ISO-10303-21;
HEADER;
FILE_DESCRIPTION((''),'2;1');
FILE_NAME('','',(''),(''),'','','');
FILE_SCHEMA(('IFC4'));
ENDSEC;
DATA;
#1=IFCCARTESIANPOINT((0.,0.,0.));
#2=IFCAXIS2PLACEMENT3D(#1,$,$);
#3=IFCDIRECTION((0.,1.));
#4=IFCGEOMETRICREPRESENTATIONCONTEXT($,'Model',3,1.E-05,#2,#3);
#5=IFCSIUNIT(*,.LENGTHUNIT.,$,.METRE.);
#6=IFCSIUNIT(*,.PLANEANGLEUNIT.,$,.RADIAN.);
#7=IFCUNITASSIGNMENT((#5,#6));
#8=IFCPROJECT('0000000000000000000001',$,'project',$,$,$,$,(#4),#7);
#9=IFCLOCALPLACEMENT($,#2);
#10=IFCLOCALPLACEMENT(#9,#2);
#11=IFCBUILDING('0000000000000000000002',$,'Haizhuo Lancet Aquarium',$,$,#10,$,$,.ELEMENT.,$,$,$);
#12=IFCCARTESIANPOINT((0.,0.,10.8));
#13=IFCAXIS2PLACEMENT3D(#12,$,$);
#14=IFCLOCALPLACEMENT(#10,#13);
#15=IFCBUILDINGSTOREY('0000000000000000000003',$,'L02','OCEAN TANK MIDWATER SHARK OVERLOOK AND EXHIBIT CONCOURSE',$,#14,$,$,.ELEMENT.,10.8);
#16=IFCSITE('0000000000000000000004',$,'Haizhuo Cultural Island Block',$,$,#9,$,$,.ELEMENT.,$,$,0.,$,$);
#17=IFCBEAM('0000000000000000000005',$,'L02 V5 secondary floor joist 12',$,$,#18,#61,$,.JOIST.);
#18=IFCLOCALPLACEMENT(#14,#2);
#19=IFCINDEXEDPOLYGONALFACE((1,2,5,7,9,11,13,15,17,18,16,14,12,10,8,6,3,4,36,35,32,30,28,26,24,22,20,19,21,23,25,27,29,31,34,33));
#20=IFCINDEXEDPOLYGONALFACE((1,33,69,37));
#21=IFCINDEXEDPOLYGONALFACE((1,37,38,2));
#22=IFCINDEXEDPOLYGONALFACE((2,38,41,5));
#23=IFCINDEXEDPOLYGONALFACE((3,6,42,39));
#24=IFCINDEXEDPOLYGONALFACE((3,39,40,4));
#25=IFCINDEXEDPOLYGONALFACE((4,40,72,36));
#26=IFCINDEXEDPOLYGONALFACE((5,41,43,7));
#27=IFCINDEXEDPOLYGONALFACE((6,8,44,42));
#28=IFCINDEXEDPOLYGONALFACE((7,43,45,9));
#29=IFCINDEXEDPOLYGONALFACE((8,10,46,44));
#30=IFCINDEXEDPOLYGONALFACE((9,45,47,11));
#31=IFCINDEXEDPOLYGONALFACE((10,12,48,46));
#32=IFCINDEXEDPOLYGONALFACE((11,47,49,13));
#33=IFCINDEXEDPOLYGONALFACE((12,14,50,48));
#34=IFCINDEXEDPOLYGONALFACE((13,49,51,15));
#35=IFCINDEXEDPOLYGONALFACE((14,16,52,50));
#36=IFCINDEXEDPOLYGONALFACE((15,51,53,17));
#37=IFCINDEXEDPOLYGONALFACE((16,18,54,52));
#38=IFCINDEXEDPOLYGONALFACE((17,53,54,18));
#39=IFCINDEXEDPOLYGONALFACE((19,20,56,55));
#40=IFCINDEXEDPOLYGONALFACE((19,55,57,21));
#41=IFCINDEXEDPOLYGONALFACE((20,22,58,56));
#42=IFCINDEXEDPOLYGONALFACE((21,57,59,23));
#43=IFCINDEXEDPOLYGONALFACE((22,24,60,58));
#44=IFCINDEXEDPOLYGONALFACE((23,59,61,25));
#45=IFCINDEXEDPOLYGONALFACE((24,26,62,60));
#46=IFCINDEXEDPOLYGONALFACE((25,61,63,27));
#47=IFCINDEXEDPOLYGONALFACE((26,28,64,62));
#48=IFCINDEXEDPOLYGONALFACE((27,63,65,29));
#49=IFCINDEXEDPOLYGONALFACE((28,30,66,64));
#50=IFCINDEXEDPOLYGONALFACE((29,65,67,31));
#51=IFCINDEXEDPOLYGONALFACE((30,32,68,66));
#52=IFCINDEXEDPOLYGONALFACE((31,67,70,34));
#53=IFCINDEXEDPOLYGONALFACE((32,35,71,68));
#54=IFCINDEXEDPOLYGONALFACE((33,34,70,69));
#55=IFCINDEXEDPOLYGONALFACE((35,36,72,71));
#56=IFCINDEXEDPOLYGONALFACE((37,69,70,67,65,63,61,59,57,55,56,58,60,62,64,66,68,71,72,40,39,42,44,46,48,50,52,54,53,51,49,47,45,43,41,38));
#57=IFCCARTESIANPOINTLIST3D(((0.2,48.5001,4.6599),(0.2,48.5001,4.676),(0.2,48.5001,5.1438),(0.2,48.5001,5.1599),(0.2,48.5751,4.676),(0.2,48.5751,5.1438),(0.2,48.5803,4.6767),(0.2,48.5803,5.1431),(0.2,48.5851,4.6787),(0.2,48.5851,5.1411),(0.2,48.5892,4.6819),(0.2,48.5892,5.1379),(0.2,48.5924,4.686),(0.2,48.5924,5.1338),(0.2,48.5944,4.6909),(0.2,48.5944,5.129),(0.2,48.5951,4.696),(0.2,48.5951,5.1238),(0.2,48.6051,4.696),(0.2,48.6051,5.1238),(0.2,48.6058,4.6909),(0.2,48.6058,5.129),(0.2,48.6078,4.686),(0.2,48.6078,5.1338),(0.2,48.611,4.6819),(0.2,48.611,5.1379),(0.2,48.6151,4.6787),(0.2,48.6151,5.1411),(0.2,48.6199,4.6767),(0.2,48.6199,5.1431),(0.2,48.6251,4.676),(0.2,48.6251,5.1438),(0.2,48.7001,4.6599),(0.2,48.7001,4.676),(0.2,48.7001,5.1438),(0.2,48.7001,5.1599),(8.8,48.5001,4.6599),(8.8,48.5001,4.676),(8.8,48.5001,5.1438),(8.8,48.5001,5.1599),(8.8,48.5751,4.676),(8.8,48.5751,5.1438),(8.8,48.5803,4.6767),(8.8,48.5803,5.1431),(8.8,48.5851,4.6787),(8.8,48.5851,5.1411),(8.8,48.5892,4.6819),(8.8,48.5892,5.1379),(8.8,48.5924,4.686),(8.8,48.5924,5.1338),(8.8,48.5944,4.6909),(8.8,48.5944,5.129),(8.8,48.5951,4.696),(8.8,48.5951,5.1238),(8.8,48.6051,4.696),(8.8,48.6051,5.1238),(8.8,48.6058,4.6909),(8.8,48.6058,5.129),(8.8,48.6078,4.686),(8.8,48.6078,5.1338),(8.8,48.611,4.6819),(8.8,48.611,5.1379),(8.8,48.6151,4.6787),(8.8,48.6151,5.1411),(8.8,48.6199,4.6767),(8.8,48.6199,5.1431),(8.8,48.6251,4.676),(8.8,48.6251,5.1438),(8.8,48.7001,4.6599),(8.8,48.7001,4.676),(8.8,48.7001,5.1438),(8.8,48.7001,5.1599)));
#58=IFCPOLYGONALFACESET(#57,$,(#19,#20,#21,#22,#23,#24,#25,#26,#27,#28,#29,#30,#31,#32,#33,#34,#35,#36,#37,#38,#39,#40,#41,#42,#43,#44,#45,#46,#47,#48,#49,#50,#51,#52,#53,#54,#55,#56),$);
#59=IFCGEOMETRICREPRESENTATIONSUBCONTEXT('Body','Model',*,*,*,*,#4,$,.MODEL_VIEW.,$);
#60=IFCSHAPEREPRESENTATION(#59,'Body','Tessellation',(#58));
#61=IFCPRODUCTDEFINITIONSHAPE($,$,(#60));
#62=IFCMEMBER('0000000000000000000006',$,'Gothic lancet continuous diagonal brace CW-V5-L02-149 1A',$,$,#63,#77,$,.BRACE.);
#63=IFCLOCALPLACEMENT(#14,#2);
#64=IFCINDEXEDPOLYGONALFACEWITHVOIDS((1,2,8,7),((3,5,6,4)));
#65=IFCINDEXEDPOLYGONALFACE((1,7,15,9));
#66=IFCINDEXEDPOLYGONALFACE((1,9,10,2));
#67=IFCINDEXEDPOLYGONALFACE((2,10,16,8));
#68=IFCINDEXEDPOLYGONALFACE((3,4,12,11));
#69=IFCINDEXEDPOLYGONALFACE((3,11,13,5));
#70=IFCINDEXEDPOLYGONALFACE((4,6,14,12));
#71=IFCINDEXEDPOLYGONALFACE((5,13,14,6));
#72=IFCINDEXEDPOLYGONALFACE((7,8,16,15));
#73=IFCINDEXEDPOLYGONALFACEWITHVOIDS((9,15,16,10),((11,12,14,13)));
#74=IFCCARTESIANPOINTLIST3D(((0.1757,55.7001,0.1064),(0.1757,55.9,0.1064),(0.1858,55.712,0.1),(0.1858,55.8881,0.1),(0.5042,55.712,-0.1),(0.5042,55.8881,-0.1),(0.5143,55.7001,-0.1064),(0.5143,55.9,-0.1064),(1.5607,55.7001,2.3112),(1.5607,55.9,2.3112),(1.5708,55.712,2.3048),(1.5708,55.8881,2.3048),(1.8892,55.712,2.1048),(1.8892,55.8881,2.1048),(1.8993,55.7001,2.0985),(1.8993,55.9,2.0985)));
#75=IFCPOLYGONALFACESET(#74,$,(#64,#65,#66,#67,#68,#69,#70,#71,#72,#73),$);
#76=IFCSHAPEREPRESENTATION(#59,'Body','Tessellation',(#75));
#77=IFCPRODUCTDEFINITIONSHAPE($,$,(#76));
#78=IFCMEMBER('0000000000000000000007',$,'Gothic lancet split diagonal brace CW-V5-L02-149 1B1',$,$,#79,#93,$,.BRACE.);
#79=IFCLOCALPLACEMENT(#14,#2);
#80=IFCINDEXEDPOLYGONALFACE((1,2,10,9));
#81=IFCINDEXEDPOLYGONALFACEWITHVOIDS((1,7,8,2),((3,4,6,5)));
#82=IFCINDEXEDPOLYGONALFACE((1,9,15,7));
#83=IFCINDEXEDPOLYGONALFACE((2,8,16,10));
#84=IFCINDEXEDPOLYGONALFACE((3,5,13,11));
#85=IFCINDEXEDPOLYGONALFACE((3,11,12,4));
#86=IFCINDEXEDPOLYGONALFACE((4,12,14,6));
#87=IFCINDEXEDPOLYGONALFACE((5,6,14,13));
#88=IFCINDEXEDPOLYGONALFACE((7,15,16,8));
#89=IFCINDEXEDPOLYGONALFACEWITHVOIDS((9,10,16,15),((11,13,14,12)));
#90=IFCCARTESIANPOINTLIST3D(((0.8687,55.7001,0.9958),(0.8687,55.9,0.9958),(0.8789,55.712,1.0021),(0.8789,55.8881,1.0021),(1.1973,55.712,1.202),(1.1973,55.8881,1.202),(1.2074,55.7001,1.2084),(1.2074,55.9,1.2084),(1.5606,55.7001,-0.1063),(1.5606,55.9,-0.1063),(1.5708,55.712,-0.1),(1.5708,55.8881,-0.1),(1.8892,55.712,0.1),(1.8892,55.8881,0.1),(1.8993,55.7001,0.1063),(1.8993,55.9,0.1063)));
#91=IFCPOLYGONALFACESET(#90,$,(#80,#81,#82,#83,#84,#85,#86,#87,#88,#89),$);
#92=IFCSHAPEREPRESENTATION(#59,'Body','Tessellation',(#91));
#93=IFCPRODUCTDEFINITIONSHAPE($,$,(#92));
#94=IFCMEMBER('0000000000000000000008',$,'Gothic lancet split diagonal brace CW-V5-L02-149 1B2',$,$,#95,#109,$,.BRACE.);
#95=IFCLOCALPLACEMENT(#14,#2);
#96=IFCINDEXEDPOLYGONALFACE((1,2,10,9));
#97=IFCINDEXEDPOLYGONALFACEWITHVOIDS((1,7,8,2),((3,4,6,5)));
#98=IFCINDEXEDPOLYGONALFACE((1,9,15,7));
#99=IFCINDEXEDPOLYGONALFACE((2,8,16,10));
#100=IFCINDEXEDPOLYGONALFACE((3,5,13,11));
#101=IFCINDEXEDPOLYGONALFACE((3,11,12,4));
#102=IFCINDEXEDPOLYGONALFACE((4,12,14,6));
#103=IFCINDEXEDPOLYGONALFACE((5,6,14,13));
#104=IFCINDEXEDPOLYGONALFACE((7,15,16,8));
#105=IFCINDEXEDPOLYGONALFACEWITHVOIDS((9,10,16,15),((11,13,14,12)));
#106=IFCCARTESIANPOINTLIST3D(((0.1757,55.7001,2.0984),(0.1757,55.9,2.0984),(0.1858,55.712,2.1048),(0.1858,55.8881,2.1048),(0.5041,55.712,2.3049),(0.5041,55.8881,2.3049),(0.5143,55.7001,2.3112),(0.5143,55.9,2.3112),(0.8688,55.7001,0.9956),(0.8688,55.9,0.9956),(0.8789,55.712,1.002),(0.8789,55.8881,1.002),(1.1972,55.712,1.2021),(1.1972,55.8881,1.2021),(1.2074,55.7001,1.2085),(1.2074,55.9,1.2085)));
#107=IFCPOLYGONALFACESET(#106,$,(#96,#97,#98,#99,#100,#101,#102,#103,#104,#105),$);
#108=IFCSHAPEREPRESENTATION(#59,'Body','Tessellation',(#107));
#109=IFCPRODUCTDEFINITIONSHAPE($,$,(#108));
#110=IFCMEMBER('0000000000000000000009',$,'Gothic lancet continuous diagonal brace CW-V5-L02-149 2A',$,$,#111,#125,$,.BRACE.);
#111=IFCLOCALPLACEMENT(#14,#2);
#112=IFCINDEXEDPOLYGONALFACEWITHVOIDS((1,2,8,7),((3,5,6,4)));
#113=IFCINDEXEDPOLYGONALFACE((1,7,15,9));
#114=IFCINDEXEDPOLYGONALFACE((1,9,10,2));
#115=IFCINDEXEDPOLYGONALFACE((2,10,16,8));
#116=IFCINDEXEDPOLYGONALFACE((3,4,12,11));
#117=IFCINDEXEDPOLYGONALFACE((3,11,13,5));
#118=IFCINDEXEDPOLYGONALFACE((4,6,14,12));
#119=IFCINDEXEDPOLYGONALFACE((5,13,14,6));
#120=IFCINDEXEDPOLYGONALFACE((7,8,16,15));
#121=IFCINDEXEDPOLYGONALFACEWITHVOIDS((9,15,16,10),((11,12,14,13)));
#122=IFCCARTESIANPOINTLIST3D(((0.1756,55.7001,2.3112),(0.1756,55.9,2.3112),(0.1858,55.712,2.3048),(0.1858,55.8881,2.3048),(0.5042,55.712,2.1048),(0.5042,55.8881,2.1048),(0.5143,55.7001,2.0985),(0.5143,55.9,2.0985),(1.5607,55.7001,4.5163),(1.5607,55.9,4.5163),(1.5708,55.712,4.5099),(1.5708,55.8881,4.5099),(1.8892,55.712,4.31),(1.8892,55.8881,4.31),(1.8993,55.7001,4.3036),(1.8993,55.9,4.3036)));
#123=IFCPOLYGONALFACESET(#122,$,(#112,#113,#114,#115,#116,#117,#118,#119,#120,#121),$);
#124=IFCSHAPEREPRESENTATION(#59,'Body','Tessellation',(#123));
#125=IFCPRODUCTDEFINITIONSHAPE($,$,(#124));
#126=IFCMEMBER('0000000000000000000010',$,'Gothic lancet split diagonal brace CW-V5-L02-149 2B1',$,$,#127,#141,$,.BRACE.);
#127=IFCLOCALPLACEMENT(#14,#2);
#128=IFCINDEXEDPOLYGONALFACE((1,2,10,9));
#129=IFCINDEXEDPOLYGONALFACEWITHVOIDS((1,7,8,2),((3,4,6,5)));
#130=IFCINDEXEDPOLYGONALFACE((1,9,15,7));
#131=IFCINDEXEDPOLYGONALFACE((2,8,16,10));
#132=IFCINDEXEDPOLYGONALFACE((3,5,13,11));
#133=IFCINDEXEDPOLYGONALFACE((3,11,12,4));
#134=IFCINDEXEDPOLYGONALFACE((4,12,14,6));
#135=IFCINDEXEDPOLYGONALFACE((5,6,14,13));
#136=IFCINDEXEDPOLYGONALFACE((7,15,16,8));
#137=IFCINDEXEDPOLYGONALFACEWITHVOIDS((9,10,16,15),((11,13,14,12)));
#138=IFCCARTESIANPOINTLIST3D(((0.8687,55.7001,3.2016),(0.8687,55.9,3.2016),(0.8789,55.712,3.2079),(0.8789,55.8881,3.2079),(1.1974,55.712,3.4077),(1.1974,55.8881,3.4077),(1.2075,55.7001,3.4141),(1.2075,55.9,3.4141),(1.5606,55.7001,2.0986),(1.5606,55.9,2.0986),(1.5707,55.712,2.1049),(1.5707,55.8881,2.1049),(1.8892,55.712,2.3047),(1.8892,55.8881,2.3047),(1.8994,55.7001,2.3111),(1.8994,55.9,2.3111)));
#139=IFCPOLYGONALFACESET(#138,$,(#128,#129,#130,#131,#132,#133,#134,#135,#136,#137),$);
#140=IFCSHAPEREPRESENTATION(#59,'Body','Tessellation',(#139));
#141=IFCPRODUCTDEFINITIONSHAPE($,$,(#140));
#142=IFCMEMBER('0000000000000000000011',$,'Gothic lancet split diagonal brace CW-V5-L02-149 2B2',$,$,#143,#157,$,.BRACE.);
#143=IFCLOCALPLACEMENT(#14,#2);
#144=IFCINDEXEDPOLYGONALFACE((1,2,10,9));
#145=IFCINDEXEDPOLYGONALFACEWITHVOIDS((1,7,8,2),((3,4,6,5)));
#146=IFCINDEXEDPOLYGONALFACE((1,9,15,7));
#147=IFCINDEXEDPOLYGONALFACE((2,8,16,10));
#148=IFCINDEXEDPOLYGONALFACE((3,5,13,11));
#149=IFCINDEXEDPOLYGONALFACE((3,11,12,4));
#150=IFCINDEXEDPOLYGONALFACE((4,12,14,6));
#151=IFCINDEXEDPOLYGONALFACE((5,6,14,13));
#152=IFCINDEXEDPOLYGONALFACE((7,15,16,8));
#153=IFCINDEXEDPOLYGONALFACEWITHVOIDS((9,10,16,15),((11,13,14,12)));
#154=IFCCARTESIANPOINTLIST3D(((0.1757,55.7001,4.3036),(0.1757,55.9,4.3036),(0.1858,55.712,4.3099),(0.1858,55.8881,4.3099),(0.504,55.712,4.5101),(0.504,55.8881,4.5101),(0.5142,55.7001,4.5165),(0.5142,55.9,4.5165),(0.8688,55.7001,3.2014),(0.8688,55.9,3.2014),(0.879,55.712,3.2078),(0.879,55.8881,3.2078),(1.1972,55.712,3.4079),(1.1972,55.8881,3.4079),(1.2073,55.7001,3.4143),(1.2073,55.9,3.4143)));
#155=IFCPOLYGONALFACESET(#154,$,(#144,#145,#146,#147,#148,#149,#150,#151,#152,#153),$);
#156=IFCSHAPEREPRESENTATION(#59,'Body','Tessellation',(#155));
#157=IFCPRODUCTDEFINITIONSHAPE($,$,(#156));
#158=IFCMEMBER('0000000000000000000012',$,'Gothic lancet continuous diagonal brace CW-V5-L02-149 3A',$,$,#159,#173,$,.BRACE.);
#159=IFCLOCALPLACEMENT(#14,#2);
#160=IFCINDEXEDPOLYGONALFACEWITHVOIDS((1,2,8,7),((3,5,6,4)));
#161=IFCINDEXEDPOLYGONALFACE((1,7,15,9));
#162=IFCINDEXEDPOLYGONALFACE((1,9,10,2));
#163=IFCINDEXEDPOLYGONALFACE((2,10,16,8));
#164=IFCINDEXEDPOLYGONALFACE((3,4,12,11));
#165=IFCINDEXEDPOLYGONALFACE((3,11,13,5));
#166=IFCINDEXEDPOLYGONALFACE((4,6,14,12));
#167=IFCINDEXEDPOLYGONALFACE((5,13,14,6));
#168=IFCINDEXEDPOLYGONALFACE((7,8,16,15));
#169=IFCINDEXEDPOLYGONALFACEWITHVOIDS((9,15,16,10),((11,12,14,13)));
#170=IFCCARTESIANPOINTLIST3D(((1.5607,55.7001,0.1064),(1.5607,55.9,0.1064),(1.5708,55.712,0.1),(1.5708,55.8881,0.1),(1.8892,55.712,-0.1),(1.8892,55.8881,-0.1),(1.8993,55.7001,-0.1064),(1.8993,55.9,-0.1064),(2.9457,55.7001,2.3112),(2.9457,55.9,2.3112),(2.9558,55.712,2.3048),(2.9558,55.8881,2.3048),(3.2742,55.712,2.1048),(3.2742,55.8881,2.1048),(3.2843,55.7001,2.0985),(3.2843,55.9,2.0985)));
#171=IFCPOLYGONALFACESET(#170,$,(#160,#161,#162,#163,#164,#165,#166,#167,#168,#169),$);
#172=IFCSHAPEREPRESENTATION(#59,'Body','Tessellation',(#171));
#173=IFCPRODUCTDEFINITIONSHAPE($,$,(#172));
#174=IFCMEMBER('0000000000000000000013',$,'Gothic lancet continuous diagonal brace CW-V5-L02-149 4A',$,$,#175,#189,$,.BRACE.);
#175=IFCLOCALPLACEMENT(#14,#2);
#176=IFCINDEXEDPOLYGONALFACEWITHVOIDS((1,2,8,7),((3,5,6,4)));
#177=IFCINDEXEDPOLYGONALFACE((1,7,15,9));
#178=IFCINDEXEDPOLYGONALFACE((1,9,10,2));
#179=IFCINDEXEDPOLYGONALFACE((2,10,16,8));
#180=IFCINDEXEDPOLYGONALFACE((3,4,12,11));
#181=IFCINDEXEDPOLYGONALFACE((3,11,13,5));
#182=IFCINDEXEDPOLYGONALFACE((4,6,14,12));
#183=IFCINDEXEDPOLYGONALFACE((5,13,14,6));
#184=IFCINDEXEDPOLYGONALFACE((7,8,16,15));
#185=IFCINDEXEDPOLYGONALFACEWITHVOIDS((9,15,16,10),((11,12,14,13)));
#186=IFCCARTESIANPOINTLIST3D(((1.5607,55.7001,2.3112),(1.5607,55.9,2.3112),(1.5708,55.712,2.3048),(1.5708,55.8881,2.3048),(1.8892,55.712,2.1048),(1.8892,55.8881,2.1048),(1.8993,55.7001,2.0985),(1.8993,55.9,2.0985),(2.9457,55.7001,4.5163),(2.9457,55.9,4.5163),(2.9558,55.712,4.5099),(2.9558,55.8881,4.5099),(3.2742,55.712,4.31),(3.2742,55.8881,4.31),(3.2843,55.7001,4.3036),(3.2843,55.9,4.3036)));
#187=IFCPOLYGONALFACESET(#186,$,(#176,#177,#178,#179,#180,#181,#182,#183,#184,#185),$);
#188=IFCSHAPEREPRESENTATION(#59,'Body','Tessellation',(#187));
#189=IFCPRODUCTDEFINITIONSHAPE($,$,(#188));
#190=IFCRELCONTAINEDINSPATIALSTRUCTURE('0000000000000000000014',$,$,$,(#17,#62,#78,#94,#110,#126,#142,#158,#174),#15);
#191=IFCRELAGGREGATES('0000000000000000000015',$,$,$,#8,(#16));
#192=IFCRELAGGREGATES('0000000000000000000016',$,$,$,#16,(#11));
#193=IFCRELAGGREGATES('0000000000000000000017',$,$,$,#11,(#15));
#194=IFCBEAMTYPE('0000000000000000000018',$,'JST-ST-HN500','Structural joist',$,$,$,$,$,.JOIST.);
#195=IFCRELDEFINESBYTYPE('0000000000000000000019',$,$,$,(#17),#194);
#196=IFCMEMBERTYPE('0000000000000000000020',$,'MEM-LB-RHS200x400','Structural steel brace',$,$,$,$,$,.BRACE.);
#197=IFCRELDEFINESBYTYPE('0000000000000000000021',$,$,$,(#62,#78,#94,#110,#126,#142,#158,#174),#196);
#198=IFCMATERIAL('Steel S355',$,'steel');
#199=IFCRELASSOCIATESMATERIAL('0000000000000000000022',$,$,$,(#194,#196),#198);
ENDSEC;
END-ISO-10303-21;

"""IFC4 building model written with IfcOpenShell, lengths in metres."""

from ifc_helpers import new_model, si_unit, direction, frame, origin, origin_2d, place, context, subcontext, project, spatial, hollow_rectangle, i_section, extrude, material, material_profile, profile_set, type_object, element, save


model = new_model("IFC4")

# Units and contexts
model_context = context("Model", 3, precision=1e-05, world=origin(), true_north=direction((0.0, 1.0)))
body_context = subcontext(model_context, "Body", "Model", "MODEL_VIEW")
ifc_project = project(units=[si_unit("LENGTHUNIT", "METRE"), si_unit("PLANEANGLEUNIT", "RADIAN")], contexts=[model_context])

# Site, building, storey
site_placement = place(None, origin())
site = spatial("IfcSite", under=ifc_project, at=site_placement, Name="Haizhuo Cultural Island Block", CompositionType="ELEMENT", RefElevation=0.0)
building_placement = place(site_placement, origin())
building = spatial("IfcBuilding", under=site, at=building_placement, Name="Haizhuo Lancet Aquarium", CompositionType="ELEMENT")
storey_placement = place(building_placement, frame((0.0, 0.0, 10.8)))
storey = spatial("IfcBuildingStorey", under=building, at=storey_placement, Name="L02", Description="OCEAN TANK MIDWATER SHARK OVERLOOK AND EXHIBIT CONCOURSE", CompositionType="ELEMENT", Elevation=10.8)

# Beam
ifc_material_1 = material(Name="Steel S355", Category="steel")
ifc_material_profile_1 = material_profile(ifc_material_1, i_section(OverallWidth=0.2, OverallDepth=0.5, WebThickness=0.01, FlangeThickness=0.0161, FilletRadius=0.02, at=origin_2d()), Name="HN 500x200x10x16")
ifc_profile_set_1 = profile_set([ifc_material_profile_1], Name="Steel S355")
beam_type_1 = type_object("IfcBeamType", Name="JST-ST-HN500", Description="Structural joist", PredefinedType="JOIST", material=ifc_profile_set_1)
beam_1_placement = place(storey_placement, frame((0.2, 48.6001, 4.9099), z_axis=(1.0, 0.0, 0.0), x_axis=(0.0, 1.0, 0.0)))
element("IfcBeam", 1, at=beam_1_placement, inside=storey, type_object=beam_type_1, Name="L02 V5 secondary floor joist 12", PredefinedType="JOIST", context=body_context, shape_type="SweptSolid", body=[
    extrude(i_section(OverallWidth=0.2, OverallDepth=0.5, WebThickness=0.01, FlangeThickness=0.0161, FilletRadius=0.02, at=origin_2d()), origin(), (0.0, 0.0, 1.0), 8.6001),
])

# Members
ifc_material_profile_2 = material_profile(ifc_material_1, hollow_rectangle(XDim=0.2, YDim=0.3999, WallThickness=0.012, at=origin_2d()), Name="RHS 200x400x12")
ifc_profile_set_2 = profile_set([ifc_material_profile_2], Name="Steel S355")
member_type_1 = type_object("IfcMemberType", Name="MEM-LB-RHS200x400", Description="Structural steel brace", PredefinedType="BRACE", material=ifc_profile_set_2)
member_1_placement = place(storey_placement, frame((0.345, 55.8, 0.0), z_axis=(0.531928, 0.0, 0.84679), x_axis=(0.0, 1.0, 0.0)))
element("IfcMember", 2, at=member_1_placement, inside=storey, type_object=member_type_1, Name="Gothic lancet continuous diagonal brace CW-V5-L02-149 1A", PredefinedType="BRACE", context=body_context, shape_type="SweptSolid", body=[
    extrude(hollow_rectangle(XDim=0.2, YDim=0.3999, WallThickness=0.012, at=origin_2d()), origin(), (0.0, 0.0, 1.0), 2.6038),
])
member_2_placement = place(storey_placement, frame((1.73, 55.8, 0.0), z_axis=(-0.531718, 0.0, 0.846921), x_axis=(0.0, -1.0, 0.0)))
element("IfcMember", 3, at=member_2_placement, inside=storey, type_object=member_type_1, Name="Gothic lancet split diagonal brace CW-V5-L02-149 1B1", PredefinedType="BRACE", context=body_context, shape_type="SweptSolid", body=[
    extrude(hollow_rectangle(XDim=0.2, YDim=0.3999, WallThickness=0.012, at=origin_2d()), origin(), (0.0, 0.0, 1.0), 1.3013),
])
member_3_placement = place(storey_placement, frame((1.0381, 55.8, 1.1021), z_axis=(-0.532137, 0.0, 0.846658), x_axis=(0.0, -1.0, 0.0)))
element("IfcMember", 4, at=member_3_placement, inside=storey, type_object=member_type_1, Name="Gothic lancet split diagonal brace CW-V5-L02-149 1B2", PredefinedType="BRACE", context=body_context, shape_type="SweptSolid", body=[
    extrude(hollow_rectangle(XDim=0.2, YDim=0.3999, WallThickness=0.012, at=origin_2d()), origin(), (0.0, 0.0, 1.0), 1.3025),
])
member_4_placement = place(storey_placement, frame((0.345, 55.8, 2.2048), z_axis=(0.531885, 0.0, 0.846816), x_axis=(0.0, 1.0, 0.0)))
element("IfcMember", 5, at=member_4_placement, inside=storey, type_object=member_type_1, Name="Gothic lancet continuous diagonal brace CW-V5-L02-149 2A", PredefinedType="BRACE", context=body_context, shape_type="SweptSolid", body=[
    extrude(hollow_rectangle(XDim=0.2, YDim=0.3999, WallThickness=0.012, at=origin_2d()), origin(), (0.0, 0.0, 1.0), 2.604),
])
for number, where, z_axis, x_axis, name in (
    (6, (1.73, 55.8, 2.2048), (-0.53138, 0.0, 0.847133), (0.0, -1.0, 0.0), "Gothic lancet split diagonal brace CW-V5-L02-149 2B1"),
    (7, (1.0381, 55.8, 3.3079), (-0.53239, 0.0, 0.846499), (0.0, -1.0, 0.0), "Gothic lancet split diagonal brace CW-V5-L02-149 2B2"),
):
    element("IfcMember", number, at=place(storey_placement, frame(where, z_axis=z_axis, x_axis=x_axis)), inside=storey, type_object=member_type_1, Name=name, PredefinedType="BRACE", context=body_context, shape_type="SweptSolid", body=[
        extrude(hollow_rectangle(XDim=0.2, YDim=0.3999, WallThickness=0.012, at=origin_2d()), origin(), (0.0, 0.0, 1.0), 1.302),
    ])
member_5_placement = place(storey_placement, frame((1.73, 55.8, 0.0), z_axis=(0.531928, 0.0, 0.84679), x_axis=(0.0, 1.0, 0.0)))
element("IfcMember", 8, at=member_5_placement, inside=storey, type_object=member_type_1, Name="Gothic lancet continuous diagonal brace CW-V5-L02-149 3A", PredefinedType="BRACE", context=body_context, shape_type="SweptSolid", body=[
    extrude(hollow_rectangle(XDim=0.2, YDim=0.3999, WallThickness=0.012, at=origin_2d()), origin(), (0.0, 0.0, 1.0), 2.6038),
])
member_6_placement = place(storey_placement, frame((1.73, 55.8, 2.2048), z_axis=(0.531885, 0.0, 0.846816), x_axis=(0.0, 1.0, 0.0)))
element("IfcMember", 9, at=member_6_placement, inside=storey, type_object=member_type_1, Name="Gothic lancet continuous diagonal brace CW-V5-L02-149 4A", PredefinedType="BRACE", context=body_context, shape_type="SweptSolid", body=[
    extrude(hollow_rectangle(XDim=0.2, YDim=0.3999, WallThickness=0.012, at=origin_2d()), origin(), (0.0, 0.0, 1.0), 2.604),
])

save(model, "model.ifc")
